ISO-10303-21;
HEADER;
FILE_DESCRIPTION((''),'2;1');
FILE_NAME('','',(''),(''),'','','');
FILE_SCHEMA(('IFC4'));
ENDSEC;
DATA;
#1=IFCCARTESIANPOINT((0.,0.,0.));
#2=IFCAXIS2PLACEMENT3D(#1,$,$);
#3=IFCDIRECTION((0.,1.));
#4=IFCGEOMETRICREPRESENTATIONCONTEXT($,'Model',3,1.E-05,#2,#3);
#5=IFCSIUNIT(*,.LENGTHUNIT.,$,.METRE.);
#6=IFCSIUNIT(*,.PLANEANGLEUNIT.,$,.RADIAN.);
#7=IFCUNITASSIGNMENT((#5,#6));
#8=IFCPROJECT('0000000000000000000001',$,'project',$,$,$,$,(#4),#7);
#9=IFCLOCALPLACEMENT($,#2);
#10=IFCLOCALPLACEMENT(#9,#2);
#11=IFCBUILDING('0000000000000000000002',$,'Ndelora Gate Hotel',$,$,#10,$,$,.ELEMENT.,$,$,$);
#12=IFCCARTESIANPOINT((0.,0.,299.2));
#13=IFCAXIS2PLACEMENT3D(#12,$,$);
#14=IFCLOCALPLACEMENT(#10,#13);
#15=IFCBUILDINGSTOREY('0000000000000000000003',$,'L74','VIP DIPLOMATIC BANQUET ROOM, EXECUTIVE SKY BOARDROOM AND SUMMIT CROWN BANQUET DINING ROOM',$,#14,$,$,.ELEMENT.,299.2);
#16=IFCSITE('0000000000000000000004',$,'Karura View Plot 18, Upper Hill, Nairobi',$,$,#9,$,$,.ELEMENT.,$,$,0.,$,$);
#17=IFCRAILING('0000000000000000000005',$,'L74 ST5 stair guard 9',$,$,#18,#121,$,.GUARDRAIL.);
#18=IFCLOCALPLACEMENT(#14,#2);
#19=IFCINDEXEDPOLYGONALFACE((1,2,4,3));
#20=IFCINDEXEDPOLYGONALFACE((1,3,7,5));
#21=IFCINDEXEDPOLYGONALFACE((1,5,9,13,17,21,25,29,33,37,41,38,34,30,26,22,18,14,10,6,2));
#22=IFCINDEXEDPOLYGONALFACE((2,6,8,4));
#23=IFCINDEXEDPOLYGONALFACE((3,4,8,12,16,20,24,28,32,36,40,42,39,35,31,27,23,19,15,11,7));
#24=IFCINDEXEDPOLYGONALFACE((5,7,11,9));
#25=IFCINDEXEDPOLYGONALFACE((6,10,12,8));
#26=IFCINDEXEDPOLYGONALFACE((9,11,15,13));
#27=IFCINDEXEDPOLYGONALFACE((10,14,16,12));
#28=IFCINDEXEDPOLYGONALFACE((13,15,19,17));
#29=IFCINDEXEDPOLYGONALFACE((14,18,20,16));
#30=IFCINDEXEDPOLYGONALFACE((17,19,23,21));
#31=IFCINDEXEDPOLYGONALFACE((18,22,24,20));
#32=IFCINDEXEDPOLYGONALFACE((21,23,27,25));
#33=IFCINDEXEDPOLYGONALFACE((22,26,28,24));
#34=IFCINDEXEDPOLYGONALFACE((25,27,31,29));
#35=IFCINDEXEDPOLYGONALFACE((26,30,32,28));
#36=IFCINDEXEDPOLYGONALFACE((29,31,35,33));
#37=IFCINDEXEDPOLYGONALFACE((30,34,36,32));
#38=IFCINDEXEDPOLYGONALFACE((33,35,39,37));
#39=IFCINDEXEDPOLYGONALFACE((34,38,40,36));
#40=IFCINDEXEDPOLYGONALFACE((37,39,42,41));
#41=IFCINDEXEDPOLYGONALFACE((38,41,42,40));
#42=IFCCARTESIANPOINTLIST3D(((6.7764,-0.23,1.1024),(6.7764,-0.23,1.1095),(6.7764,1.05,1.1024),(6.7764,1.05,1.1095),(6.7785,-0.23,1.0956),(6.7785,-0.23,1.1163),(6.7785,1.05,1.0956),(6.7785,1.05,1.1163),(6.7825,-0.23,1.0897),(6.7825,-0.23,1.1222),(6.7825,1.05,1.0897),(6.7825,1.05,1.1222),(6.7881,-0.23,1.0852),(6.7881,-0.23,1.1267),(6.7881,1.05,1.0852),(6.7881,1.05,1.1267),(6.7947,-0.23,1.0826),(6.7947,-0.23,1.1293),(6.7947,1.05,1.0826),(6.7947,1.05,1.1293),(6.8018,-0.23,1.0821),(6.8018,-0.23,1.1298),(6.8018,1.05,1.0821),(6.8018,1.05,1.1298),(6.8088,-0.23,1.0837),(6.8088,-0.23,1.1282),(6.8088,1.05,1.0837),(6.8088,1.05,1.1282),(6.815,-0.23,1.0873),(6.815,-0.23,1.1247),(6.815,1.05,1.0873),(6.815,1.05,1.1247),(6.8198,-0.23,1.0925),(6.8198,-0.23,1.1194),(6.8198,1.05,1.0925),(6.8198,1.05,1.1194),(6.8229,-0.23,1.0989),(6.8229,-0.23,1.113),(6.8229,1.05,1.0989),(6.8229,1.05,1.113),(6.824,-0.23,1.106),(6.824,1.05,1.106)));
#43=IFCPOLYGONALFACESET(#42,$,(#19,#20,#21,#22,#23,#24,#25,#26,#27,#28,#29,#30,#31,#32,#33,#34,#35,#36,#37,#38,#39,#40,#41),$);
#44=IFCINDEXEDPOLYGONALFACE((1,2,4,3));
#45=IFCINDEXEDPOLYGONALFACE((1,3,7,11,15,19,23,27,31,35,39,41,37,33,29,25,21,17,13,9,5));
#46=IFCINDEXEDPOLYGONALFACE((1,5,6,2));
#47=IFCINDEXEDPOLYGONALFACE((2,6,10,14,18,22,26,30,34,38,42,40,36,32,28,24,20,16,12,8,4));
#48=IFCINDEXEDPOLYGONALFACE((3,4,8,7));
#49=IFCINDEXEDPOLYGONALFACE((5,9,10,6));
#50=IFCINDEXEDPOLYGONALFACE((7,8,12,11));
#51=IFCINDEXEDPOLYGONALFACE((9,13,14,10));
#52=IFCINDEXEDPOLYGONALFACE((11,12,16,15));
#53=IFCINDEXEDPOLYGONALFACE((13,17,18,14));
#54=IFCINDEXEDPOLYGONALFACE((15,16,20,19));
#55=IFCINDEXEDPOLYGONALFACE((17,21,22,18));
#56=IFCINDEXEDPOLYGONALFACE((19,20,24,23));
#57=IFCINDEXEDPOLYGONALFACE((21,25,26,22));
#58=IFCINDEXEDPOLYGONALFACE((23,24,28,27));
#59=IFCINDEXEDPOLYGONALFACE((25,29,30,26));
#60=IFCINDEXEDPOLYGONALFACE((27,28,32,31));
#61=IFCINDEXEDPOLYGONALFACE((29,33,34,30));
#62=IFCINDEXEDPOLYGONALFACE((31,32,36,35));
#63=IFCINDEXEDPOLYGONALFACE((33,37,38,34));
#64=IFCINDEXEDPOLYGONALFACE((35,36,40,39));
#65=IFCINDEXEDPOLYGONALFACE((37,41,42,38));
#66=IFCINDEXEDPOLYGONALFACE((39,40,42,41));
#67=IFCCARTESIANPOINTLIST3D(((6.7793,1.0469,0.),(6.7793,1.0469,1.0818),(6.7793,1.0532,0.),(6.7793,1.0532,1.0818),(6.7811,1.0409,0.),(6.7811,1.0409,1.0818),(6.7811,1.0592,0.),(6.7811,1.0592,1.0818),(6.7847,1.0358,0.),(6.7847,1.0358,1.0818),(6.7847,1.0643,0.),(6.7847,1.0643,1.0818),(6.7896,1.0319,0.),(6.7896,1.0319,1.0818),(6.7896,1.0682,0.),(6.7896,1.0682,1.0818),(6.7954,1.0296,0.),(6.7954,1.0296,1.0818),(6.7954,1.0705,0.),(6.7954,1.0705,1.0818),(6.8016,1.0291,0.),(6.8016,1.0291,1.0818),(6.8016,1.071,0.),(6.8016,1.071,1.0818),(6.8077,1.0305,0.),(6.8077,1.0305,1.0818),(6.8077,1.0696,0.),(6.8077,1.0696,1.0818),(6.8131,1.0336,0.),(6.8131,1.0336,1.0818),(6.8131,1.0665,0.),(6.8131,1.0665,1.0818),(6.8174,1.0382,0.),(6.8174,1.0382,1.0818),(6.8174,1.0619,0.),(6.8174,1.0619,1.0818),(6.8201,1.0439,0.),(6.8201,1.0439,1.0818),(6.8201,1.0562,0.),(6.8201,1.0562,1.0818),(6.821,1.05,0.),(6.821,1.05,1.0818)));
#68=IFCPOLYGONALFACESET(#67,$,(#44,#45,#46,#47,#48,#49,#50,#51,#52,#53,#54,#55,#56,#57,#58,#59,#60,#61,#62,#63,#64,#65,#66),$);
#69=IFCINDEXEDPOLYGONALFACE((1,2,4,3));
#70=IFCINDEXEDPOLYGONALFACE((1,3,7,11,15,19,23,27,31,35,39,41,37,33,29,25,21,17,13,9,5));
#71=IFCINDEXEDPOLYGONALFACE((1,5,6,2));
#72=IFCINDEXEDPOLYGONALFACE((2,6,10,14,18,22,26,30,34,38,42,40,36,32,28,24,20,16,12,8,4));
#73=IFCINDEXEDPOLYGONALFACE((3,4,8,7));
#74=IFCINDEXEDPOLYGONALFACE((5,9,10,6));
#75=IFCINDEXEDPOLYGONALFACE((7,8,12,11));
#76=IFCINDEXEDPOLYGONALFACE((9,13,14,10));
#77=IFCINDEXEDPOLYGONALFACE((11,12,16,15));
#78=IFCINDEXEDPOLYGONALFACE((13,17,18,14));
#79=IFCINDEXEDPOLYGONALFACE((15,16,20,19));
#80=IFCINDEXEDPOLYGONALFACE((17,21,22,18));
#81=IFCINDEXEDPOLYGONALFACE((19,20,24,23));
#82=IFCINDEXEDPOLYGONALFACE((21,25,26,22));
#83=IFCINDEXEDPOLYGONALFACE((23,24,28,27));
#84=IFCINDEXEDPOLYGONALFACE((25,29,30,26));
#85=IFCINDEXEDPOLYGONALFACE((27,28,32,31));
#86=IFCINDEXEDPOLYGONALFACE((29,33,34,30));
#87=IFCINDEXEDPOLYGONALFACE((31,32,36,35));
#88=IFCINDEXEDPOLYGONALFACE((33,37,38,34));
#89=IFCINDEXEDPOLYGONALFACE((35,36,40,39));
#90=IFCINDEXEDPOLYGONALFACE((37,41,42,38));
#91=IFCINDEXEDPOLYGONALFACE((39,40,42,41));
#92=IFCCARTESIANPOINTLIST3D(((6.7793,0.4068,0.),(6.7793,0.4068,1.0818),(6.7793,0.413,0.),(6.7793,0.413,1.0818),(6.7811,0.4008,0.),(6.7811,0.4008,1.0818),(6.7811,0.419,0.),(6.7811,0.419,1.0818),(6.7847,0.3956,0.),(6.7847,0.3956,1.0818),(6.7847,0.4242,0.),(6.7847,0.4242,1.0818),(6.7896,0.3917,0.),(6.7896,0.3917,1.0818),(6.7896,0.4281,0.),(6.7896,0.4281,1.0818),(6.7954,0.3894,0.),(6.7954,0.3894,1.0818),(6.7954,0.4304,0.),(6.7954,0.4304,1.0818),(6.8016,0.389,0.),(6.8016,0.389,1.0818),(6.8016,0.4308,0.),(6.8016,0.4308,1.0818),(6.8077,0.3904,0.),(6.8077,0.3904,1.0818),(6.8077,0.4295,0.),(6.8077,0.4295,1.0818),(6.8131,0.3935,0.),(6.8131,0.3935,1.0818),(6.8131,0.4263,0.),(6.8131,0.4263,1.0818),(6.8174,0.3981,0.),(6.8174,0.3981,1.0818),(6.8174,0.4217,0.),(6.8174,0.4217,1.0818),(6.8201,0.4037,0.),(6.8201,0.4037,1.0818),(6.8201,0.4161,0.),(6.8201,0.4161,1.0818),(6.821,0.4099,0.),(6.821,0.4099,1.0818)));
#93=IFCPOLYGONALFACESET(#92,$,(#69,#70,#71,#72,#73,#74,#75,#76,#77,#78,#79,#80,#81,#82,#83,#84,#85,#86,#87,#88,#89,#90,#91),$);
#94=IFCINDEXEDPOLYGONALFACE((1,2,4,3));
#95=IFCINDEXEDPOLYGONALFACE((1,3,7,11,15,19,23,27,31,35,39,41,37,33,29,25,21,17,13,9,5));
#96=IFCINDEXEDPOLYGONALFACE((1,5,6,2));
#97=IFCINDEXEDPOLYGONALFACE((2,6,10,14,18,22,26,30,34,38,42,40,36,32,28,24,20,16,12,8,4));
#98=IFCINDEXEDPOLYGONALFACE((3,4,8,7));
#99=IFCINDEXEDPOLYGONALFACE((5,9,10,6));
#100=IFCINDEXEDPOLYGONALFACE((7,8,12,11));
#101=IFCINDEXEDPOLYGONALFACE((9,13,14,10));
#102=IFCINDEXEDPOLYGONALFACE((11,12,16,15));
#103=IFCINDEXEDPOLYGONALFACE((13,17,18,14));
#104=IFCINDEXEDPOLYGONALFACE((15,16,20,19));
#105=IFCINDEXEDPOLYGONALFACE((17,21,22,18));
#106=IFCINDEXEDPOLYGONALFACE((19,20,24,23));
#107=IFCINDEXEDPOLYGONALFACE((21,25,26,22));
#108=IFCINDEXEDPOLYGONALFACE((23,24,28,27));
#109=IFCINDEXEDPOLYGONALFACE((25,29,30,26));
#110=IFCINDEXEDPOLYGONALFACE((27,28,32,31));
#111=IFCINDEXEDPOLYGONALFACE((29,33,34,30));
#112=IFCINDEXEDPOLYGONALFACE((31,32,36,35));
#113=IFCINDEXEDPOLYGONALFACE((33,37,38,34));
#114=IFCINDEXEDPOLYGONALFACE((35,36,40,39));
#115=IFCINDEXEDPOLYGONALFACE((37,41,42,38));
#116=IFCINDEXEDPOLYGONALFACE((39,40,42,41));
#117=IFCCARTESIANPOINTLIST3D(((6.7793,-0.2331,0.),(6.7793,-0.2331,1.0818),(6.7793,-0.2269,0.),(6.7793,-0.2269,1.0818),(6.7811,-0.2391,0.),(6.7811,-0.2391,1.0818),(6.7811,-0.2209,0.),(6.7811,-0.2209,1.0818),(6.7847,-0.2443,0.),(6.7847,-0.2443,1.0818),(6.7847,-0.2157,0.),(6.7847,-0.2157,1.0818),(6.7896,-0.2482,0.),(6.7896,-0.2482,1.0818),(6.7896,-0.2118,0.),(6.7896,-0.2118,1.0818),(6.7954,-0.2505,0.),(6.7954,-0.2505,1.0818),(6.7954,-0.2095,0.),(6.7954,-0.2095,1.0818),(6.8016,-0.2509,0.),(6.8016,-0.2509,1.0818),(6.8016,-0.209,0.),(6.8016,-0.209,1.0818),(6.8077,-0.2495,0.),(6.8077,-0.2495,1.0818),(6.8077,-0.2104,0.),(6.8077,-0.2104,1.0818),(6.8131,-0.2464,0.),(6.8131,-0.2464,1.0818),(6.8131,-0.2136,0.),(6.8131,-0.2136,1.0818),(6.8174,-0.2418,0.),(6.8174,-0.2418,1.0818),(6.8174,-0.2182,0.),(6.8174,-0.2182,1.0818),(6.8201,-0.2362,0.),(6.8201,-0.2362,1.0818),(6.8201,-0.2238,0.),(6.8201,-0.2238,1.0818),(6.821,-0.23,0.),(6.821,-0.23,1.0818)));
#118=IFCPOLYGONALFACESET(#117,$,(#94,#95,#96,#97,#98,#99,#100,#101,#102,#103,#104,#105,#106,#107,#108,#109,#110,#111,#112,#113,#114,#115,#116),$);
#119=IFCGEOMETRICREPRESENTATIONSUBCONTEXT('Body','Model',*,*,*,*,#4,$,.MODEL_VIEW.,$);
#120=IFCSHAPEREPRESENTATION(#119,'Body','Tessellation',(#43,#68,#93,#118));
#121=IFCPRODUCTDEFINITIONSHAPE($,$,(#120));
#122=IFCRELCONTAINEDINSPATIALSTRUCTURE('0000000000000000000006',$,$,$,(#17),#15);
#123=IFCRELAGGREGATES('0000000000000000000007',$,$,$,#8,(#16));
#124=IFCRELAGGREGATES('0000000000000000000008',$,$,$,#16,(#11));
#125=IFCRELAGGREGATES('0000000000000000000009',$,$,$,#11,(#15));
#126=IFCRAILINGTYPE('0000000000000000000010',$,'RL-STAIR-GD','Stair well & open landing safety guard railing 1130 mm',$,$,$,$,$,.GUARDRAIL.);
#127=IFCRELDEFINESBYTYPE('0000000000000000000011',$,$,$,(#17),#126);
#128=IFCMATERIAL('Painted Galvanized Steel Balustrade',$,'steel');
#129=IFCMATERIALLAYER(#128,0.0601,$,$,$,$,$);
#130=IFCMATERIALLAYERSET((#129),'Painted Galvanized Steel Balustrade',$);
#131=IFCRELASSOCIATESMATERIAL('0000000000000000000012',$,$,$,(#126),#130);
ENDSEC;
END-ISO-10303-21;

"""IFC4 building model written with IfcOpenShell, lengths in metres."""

from ifc_helpers import new_model, si_unit, direction, frame, origin, origin_2d, place, context, subcontext, project, spatial, circle, extrude, material, layer, layer_set, type_object, element, save


model = new_model("IFC4")

# Units and contexts
model_context = context("Model", 3, precision=1e-05, world=origin(), true_north=direction((0.0, 1.0)))
body_context = subcontext(model_context, "Body", "Model", "MODEL_VIEW")
ifc_project = project(units=[si_unit("LENGTHUNIT", "METRE"), si_unit("PLANEANGLEUNIT", "RADIAN")], contexts=[model_context])

# Site, building, storey
site_placement = place(None, origin())
site = spatial("IfcSite", under=ifc_project, at=site_placement, Name="Karura View Plot 18, Upper Hill, Nairobi", CompositionType="ELEMENT", RefElevation=0.0)
building_placement = place(site_placement, origin())
building = spatial("IfcBuilding", under=site, at=building_placement, Name="Ndelora Gate Hotel", CompositionType="ELEMENT")
storey_placement = place(building_placement, frame((0.0, 0.0, 299.2)))
storey = spatial("IfcBuildingStorey", under=building, at=storey_placement, Name="L74", Description="VIP DIPLOMATIC BANQUET ROOM, EXECUTIVE SKY BOARDROOM AND SUMMIT CROWN BANQUET DINING ROOM", CompositionType="ELEMENT", Elevation=299.2)

# Railing
ifc_material_1 = material(Name="Painted Galvanized Steel Balustrade", Category="steel")
ifc_layer_1 = layer(ifc_material_1, 0.0601)
ifc_layer_set_1 = layer_set([ifc_layer_1], Name="Painted Galvanized Steel Balustrade")
railing_type = type_object("IfcRailingType", Name="RL-STAIR-GD", Description="Stair well & open landing safety guard railing 1130 mm", PredefinedType="GUARDRAIL", material=ifc_layer_set_1)
for number, where, name in (
    (1, (6.8, 1.05, 0.0), "L74 ST5 stair guard 9"),
):
    element("IfcRailing", number, at=place(storey_placement, frame(where)), inside=storey, type_object=railing_type, Name=name, PredefinedType="GUARDRAIL", context=body_context, shape_type="SweptSolid", body=[
        extrude(circle(Radius=0.0239, at=origin_2d()), frame((0.0, 0.0, 1.106), z_axis=(0.0, -1.0, 0.0), x_axis=(1.0, 0.0, 0.0)), (0.0, 0.0, 1.0), 1.28),
        extrude(circle(Radius=0.021, at=origin_2d()), origin(), (0.0, 0.0, 1.0), 1.0818),
        extrude(circle(Radius=0.021, at=origin_2d()), frame((0.0, -0.6401, 0.0)), (0.0, 0.0, 1.0), 1.0818),
        extrude(circle(Radius=0.021, at=origin_2d()), frame((0.0, -1.28, 0.0)), (0.0, 0.0, 1.0), 1.0818),
    ])

save(model, "model.ifc")
